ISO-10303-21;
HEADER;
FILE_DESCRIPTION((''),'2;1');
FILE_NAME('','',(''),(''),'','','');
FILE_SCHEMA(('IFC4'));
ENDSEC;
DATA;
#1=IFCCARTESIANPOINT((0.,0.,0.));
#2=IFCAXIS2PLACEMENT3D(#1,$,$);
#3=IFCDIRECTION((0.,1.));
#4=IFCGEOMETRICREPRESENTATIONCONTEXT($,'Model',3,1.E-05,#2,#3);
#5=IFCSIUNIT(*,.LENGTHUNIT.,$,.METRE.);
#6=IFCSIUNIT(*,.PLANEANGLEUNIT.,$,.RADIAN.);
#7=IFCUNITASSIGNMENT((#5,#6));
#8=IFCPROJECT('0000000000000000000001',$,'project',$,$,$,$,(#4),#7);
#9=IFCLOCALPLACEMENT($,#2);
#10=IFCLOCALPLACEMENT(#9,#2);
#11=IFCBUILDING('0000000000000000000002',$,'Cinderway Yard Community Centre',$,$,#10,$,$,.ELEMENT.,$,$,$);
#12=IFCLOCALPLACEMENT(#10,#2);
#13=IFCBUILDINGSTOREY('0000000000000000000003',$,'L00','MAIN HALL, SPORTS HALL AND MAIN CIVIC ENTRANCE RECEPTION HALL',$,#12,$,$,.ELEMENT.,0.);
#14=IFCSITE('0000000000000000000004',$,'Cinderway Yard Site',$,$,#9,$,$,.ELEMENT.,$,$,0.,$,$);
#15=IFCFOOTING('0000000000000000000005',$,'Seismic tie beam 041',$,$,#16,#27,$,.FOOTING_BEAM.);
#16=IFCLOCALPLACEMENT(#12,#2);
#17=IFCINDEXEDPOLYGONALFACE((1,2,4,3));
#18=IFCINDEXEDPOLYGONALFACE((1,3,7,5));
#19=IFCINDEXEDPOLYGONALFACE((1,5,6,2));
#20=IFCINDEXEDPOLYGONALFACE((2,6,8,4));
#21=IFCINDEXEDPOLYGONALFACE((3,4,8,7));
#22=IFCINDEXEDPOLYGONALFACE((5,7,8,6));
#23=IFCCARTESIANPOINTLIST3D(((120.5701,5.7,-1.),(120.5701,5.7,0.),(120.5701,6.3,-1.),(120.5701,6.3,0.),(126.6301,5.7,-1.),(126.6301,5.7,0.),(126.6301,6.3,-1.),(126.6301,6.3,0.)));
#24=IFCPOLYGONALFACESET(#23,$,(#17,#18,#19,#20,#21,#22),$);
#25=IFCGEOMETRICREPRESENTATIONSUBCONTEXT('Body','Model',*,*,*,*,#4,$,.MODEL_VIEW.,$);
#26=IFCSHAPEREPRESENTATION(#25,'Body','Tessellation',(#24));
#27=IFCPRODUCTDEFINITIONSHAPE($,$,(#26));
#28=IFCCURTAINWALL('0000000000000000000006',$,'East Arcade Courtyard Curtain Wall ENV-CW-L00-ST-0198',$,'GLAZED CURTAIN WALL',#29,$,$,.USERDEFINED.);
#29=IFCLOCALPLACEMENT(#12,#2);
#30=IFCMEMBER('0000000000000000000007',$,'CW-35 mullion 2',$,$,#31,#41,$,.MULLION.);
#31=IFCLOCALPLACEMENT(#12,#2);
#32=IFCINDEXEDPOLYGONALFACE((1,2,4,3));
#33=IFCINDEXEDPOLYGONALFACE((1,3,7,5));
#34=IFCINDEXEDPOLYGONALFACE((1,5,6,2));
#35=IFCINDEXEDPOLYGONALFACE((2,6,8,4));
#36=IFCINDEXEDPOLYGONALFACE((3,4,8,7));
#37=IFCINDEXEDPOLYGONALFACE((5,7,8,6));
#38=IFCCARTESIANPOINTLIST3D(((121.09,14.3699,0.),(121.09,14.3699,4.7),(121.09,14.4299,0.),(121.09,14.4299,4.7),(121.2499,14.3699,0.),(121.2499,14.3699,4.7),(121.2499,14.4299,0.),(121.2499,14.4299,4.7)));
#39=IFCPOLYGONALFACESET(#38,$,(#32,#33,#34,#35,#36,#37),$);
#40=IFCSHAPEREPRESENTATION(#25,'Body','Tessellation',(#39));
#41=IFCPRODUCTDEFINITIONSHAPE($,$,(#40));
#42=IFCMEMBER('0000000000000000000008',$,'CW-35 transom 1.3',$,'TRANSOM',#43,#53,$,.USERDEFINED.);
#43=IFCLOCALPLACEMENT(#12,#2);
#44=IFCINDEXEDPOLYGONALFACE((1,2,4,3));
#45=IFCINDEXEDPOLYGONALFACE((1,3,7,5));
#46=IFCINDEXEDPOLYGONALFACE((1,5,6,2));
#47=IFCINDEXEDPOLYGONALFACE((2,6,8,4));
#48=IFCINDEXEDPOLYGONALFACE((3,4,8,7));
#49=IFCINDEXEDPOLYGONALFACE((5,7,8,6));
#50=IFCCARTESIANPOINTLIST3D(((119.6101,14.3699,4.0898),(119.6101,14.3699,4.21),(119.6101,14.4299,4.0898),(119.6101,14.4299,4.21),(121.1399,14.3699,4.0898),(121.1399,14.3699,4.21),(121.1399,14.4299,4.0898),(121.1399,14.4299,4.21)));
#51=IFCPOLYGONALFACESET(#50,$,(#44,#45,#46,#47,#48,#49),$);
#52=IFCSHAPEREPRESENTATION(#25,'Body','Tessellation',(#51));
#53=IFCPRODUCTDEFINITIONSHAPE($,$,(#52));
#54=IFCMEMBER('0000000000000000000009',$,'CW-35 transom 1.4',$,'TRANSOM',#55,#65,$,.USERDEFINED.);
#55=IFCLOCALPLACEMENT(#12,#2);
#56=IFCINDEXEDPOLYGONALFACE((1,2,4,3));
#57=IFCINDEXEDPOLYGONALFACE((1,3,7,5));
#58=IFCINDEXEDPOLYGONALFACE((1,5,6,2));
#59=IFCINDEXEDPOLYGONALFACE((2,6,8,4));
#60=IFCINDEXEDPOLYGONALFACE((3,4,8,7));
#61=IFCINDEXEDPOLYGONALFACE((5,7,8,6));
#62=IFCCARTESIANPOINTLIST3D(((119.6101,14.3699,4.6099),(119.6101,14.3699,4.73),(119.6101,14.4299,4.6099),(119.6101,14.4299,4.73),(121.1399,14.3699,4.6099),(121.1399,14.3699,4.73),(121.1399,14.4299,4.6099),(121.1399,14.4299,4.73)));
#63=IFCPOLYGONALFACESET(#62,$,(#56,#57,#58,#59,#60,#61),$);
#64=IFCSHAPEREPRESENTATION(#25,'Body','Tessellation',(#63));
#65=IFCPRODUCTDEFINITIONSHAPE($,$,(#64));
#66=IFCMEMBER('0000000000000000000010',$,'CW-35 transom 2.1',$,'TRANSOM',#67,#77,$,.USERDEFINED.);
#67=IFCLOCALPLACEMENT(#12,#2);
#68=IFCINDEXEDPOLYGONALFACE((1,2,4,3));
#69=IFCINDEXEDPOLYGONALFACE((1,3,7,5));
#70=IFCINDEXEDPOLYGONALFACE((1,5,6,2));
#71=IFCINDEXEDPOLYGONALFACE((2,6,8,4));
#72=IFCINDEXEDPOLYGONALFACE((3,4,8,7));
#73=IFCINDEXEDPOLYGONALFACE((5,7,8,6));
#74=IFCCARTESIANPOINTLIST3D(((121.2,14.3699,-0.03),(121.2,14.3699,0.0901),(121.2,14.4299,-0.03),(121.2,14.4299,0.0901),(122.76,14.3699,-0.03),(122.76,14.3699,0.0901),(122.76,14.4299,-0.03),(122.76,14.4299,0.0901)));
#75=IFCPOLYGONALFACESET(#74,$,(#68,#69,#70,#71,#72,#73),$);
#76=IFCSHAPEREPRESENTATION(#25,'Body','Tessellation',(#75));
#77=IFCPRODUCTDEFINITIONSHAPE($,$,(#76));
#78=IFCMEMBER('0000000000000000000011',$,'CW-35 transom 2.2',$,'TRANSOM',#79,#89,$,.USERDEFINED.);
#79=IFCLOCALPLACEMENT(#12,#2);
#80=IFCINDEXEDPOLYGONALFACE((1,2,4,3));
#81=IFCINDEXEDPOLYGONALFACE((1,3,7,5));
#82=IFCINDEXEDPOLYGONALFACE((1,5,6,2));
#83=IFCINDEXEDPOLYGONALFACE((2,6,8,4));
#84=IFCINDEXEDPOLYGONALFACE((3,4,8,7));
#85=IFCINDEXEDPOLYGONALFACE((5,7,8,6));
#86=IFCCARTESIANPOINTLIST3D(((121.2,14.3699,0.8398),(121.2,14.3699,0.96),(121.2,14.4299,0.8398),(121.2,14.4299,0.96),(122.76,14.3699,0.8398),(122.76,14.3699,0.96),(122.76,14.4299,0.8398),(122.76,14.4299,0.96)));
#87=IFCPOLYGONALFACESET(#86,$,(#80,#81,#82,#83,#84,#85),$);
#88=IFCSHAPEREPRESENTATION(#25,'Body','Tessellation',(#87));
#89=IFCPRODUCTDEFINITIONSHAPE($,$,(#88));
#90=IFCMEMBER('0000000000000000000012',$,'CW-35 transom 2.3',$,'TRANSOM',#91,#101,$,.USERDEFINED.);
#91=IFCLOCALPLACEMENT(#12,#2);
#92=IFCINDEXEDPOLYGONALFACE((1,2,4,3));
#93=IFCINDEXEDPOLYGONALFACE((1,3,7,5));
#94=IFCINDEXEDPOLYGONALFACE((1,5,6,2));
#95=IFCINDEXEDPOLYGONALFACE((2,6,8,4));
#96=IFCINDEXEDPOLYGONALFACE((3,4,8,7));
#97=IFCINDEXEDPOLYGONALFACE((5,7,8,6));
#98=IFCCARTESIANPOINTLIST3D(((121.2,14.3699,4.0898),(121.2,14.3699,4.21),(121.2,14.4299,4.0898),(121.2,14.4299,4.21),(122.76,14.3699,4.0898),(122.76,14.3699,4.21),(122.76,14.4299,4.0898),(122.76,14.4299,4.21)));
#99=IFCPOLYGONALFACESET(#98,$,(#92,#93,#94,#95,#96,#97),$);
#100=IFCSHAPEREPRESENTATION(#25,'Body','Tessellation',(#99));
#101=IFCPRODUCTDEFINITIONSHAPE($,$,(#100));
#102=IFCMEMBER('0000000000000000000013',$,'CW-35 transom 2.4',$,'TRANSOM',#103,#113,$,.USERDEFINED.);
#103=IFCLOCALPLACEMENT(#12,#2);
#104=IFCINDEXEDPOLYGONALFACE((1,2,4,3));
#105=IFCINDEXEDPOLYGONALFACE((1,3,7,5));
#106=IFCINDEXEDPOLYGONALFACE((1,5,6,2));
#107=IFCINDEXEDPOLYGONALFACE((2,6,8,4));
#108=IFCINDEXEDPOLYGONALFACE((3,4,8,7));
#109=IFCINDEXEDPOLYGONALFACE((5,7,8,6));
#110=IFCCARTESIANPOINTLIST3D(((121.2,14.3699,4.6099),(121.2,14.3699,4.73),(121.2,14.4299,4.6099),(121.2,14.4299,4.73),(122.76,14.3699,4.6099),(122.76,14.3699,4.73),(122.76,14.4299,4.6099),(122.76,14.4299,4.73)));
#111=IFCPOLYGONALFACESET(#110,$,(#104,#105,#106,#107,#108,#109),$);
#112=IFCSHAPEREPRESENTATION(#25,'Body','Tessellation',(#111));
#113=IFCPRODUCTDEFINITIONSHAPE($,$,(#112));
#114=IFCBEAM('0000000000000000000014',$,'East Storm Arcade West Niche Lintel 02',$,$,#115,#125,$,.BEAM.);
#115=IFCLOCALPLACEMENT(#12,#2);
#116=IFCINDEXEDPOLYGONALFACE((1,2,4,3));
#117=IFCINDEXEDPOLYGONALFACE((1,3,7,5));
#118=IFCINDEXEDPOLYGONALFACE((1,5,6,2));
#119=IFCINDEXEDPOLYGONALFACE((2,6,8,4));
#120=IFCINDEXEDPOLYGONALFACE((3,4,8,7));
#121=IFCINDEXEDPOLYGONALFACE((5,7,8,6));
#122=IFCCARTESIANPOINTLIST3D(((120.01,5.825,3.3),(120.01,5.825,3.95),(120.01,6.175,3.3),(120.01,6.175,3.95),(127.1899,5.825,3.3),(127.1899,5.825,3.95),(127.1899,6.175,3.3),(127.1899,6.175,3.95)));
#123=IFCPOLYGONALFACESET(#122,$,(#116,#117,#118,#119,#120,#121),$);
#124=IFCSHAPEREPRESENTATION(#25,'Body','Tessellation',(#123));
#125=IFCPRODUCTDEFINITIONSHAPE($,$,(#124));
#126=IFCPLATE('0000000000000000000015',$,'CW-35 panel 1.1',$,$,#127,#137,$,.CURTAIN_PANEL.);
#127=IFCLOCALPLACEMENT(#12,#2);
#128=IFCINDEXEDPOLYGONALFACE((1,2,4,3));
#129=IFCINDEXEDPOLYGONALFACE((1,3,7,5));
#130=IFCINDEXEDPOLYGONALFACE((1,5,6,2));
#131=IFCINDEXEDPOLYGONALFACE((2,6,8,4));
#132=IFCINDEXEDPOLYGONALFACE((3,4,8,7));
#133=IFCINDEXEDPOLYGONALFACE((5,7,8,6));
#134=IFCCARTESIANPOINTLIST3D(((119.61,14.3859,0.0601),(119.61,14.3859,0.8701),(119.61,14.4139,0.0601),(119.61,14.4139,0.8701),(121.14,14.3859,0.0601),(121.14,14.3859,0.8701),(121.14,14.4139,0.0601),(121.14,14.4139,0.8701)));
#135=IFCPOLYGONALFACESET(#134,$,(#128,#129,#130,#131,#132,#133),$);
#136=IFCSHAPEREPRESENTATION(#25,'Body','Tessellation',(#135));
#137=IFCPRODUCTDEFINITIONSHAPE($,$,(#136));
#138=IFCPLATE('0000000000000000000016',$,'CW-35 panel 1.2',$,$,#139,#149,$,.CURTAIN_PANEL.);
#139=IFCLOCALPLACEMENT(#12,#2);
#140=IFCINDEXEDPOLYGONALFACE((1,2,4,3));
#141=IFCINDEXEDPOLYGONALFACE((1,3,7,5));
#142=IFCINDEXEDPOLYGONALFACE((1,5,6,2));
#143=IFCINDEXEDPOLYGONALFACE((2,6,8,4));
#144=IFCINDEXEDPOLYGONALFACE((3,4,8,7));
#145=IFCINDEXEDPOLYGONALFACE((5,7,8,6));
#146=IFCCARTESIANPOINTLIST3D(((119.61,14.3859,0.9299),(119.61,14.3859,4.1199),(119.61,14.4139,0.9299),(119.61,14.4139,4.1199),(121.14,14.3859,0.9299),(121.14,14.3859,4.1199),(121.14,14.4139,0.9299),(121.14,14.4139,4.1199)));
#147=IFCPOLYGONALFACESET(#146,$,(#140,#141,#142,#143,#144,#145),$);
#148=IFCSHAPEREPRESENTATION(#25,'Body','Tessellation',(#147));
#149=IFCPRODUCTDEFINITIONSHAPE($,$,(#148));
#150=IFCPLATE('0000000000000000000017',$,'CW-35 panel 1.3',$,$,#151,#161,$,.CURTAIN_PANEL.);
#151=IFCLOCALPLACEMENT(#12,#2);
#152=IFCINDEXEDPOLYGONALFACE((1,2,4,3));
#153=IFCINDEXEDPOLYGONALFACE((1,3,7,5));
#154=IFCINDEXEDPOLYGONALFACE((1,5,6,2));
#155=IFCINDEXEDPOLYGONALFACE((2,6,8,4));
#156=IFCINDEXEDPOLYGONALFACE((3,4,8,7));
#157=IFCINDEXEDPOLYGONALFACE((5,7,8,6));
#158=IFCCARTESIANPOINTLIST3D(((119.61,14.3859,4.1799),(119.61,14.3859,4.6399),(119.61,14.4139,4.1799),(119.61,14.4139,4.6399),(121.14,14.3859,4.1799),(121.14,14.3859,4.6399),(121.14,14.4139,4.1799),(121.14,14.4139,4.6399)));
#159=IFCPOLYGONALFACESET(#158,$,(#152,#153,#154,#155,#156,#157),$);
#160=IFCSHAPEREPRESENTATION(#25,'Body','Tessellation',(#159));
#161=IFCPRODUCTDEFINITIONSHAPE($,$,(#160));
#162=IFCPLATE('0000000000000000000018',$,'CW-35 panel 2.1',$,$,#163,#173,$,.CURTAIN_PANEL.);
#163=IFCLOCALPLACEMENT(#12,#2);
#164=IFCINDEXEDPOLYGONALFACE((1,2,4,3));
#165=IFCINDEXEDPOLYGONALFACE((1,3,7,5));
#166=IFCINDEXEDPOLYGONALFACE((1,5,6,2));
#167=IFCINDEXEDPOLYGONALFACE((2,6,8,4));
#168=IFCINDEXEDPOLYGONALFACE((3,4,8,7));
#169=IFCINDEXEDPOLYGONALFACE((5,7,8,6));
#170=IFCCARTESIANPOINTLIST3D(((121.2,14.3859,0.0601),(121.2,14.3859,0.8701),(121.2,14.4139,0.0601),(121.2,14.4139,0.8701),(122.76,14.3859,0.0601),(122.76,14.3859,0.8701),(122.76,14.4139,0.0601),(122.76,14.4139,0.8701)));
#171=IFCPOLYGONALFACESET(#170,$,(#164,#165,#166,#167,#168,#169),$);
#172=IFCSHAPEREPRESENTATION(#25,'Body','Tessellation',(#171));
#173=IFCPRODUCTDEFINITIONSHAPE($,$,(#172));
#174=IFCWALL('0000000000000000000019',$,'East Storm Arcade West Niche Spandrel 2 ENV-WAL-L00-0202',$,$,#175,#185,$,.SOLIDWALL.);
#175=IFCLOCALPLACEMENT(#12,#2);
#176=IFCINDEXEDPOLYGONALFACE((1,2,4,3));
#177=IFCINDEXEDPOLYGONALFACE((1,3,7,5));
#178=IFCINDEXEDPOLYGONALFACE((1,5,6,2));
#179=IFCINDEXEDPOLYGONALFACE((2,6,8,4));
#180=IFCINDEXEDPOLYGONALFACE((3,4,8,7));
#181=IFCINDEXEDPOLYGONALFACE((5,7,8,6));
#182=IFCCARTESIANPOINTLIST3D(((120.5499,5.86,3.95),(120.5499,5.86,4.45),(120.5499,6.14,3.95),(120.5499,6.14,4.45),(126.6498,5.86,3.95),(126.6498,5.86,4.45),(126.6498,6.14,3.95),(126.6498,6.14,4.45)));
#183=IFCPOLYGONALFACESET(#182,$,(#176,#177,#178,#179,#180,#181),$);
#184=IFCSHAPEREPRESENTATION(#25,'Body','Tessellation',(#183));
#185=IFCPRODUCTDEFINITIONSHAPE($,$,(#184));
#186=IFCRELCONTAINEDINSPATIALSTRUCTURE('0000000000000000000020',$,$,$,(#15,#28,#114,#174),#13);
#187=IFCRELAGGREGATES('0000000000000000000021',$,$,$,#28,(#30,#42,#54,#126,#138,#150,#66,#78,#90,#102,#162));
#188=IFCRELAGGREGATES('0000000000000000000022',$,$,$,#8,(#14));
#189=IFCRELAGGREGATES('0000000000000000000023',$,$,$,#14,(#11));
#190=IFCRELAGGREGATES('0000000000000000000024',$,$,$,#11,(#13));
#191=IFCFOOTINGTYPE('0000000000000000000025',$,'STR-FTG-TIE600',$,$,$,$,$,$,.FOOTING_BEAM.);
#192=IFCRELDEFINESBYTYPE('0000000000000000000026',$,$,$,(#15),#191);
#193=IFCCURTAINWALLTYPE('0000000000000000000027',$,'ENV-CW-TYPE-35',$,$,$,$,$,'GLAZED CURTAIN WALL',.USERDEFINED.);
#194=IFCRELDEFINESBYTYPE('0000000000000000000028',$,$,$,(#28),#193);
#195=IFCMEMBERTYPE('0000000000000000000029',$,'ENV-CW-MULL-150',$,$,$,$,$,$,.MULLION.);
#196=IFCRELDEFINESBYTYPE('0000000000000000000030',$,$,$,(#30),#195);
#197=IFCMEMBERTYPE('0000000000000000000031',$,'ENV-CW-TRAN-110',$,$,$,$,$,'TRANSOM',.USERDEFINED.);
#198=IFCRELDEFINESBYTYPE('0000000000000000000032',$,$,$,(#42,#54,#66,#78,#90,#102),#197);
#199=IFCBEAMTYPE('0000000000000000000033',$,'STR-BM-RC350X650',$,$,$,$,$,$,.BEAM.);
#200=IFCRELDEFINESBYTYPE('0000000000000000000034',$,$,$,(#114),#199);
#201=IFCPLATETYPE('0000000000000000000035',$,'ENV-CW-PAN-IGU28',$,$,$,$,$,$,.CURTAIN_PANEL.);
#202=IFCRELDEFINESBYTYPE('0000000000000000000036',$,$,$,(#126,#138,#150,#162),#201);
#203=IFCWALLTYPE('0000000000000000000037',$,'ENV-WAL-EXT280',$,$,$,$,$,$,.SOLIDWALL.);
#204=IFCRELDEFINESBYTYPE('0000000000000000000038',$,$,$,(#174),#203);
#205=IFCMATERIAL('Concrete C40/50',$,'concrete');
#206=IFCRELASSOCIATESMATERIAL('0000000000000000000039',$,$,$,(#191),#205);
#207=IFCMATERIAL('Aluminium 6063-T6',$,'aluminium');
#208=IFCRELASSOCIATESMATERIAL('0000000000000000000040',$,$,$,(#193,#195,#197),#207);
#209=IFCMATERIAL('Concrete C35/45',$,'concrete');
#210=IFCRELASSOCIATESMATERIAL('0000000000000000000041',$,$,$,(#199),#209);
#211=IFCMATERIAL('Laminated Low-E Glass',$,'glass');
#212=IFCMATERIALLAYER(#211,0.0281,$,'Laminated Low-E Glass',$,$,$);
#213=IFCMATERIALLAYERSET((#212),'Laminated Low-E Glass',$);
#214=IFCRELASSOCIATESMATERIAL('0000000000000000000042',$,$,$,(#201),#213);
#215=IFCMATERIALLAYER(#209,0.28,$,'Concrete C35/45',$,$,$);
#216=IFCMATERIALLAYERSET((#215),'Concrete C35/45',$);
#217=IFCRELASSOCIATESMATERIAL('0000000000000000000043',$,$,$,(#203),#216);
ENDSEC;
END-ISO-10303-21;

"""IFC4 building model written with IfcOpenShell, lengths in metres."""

from ifc_helpers import new_model, si_unit, direction, frame, frame_2d, origin, origin_2d, place, context, subcontext, project, spatial, rectangle, extrude, material, layer, layer_set, material_profile, profile_set, type_object, element, aggregate, save


model = new_model("IFC4")

# Units and contexts
model_context = context("Model", 3, precision=1e-05, world=origin(), true_north=direction((0.0, 1.0)))
body_context = subcontext(model_context, "Body", "Model", "MODEL_VIEW")
ifc_project = project(units=[si_unit("LENGTHUNIT", "METRE"), si_unit("PLANEANGLEUNIT", "RADIAN")], contexts=[model_context])

# Site, building, storey
site_placement = place(None, origin())
site = spatial("IfcSite", under=ifc_project, at=site_placement, Name="Cinderway Yard Site", CompositionType="ELEMENT", RefElevation=0.0)
building_placement = place(site_placement, origin())
building = spatial("IfcBuilding", under=site, at=building_placement, Name="Cinderway Yard Community Centre", CompositionType="ELEMENT")
storey_placement = place(building_placement, origin())
storey = spatial("IfcBuildingStorey", under=building, at=storey_placement, Name="L00", Description="MAIN HALL, SPORTS HALL AND MAIN CIVIC ENTRANCE RECEPTION HALL", CompositionType="ELEMENT", Elevation=0.0)

# Footing
ifc_material_1 = material(Name="Concrete C40/50", Category="concrete")
footing_type = type_object("IfcFootingType", Name="STR-FTG-TIE600", PredefinedType="FOOTING_BEAM", material=ifc_material_1)
footing_placement = place(storey_placement, frame((123.6001, 6.0, -1.0), z_axis=(0.0, 0.0, 1.0), x_axis=(1.0, 0.0, 0.0)))
element("IfcFooting", 1, at=footing_placement, inside=storey, type_object=footing_type, Name="Seismic tie beam 041", PredefinedType="FOOTING_BEAM", context=body_context, shape_type="SweptSolid", body=[
    extrude(rectangle(XDim=6.0601, YDim=0.6001, at=origin_2d()), origin(), (0.0, 0.0, 1.0), 1.0),
])

# Curtain wall, members
ifc_material_2 = material(Name="Aluminium 6063-T6", Category="aluminium")
curtain_wall_type = type_object("IfcCurtainWallType", Name="ENV-CW-TYPE-35", ElementType="GLAZED CURTAIN WALL", PredefinedType="USERDEFINED", material=ifc_material_2)
curtain_wall_placement = place(storey_placement, origin())
curtain_wall = element("IfcCurtainWall", 2, at=curtain_wall_placement, inside=storey, type_object=curtain_wall_type, Name="East Arcade Courtyard Curtain Wall ENV-CW-L00-ST-0198", ObjectType="GLAZED CURTAIN WALL", PredefinedType="USERDEFINED")
ifc_material_profile_1 = material_profile(ifc_material_2, rectangle(XDim=0.0601, YDim=0.1599, at=origin_2d()), Name="Aluminium 6063-T6")
ifc_profile_set_1 = profile_set([ifc_material_profile_1], Name="Aluminium 6063-T6")
member_type_1 = type_object("IfcMemberType", Name="ENV-CW-MULL-150", PredefinedType="MULLION", material=ifc_profile_set_1)
member_1_placement = place(storey_placement, frame((121.1699, 14.3999, 0.0), z_axis=(0.0, 0.0, 1.0), x_axis=(0.0, 1.0, 0.0)))
member_1 = element("IfcMember", 3, at=member_1_placement, type_object=member_type_1, Name="CW-35 mullion 2", PredefinedType="MULLION", context=body_context, shape_type="SweptSolid", body=[
    extrude(rectangle(XDim=0.0601, YDim=0.1599, at=origin_2d()), origin(), (0.0, 0.0, 1.0), 4.7),
])
ifc_material_profile_2 = material_profile(ifc_material_2, rectangle(XDim=0.0601, YDim=0.1201, at=origin_2d()), Name="Aluminium 6063-T6")
ifc_profile_set_2 = profile_set([ifc_material_profile_2], Name="Aluminium 6063-T6")
member_type_2 = type_object("IfcMemberType", Name="ENV-CW-TRAN-110", ElementType="TRANSOM", PredefinedType="USERDEFINED", material=ifc_profile_set_2)
member_2_placement = place(storey_placement, frame((119.6101, 14.3999, 4.1499), z_axis=(1.0, 0.0, 0.0), x_axis=(0.0, 1.0, 0.0)))
member_2 = element("IfcMember", 4, at=member_2_placement, type_object=member_type_2, Name="CW-35 transom 1.3", ObjectType="TRANSOM", PredefinedType="USERDEFINED", context=body_context, shape_type="SweptSolid", body=[
    extrude(rectangle(XDim=0.0601, YDim=0.1201, at=origin_2d()), origin(), (0.0, 0.0, 1.0), 1.5298),
])
member_3_placement = place(storey_placement, frame((119.6101, 14.3999, 4.6699), z_axis=(1.0, 0.0, 0.0), x_axis=(0.0, 1.0, 0.0)))
member_3 = element("IfcMember", 5, at=member_3_placement, type_object=member_type_2, Name="CW-35 transom 1.4", ObjectType="TRANSOM", PredefinedType="USERDEFINED", context=body_context, shape_type="SweptSolid", body=[
    extrude(rectangle(XDim=0.0601, YDim=0.1201, at=origin_2d()), origin(), (0.0, 0.0, 1.0), 1.5298),
])
member_4_placement = place(storey_placement, frame((121.2, 14.3999, 0.03), z_axis=(1.0, 0.0, 0.0), x_axis=(0.0, 1.0, 0.0)))
member_4 = element("IfcMember", 6, at=member_4_placement, type_object=member_type_2, Name="CW-35 transom 2.1", ObjectType="TRANSOM", PredefinedType="USERDEFINED", context=body_context, shape_type="SweptSolid", body=[
    extrude(rectangle(XDim=0.0601, YDim=0.1201, at=origin_2d()), origin(), (0.0, 0.0, 1.0), 1.5601),
])
member_5_placement = place(storey_placement, frame((121.2, 14.3999, 0.8999), z_axis=(1.0, 0.0, 0.0), x_axis=(0.0, 1.0, 0.0)))
member_5 = element("IfcMember", 7, at=member_5_placement, type_object=member_type_2, Name="CW-35 transom 2.2", ObjectType="TRANSOM", PredefinedType="USERDEFINED", context=body_context, shape_type="SweptSolid", body=[
    extrude(rectangle(XDim=0.0601, YDim=0.1201, at=origin_2d()), origin(), (0.0, 0.0, 1.0), 1.5601),
])
member_6_placement = place(storey_placement, frame((121.2, 14.3999, 4.1499), z_axis=(1.0, 0.0, 0.0), x_axis=(0.0, 1.0, 0.0)))
member_6 = element("IfcMember", 8, at=member_6_placement, type_object=member_type_2, Name="CW-35 transom 2.3", ObjectType="TRANSOM", PredefinedType="USERDEFINED", context=body_context, shape_type="SweptSolid", body=[
    extrude(rectangle(XDim=0.0601, YDim=0.1201, at=origin_2d()), origin(), (0.0, 0.0, 1.0), 1.5601),
])
member_7_placement = place(storey_placement, frame((121.2, 14.3999, 4.6699), z_axis=(1.0, 0.0, 0.0), x_axis=(0.0, 1.0, 0.0)))
member_7 = element("IfcMember", 9, at=member_7_placement, type_object=member_type_2, Name="CW-35 transom 2.4", ObjectType="TRANSOM", PredefinedType="USERDEFINED", context=body_context, shape_type="SweptSolid", body=[
    extrude(rectangle(XDim=0.0601, YDim=0.1201, at=origin_2d()), origin(), (0.0, 0.0, 1.0), 1.5601),
])

# Beam
ifc_material_3 = material(Name="Concrete C35/45", Category="concrete")
ifc_material_profile_3 = material_profile(ifc_material_3, rectangle(XDim=0.3501, YDim=0.6499, at=origin_2d()), Name="Concrete C35/45")
ifc_profile_set_3 = profile_set([ifc_material_profile_3], Name="Concrete C35/45")
beam_type = type_object("IfcBeamType", Name="STR-BM-RC350X650", PredefinedType="BEAM", material=ifc_profile_set_3)
beam_placement = place(storey_placement, frame((120.01, 6.0, 3.625), z_axis=(1.0, 0.0, 0.0), x_axis=(0.0, 1.0, 0.0)))
element("IfcBeam", 10, at=beam_placement, inside=storey, type_object=beam_type, Name="East Storm Arcade West Niche Lintel 02", PredefinedType="BEAM", context=body_context, shape_type="SweptSolid", body=[
    extrude(rectangle(XDim=0.3501, YDim=0.6499, at=origin_2d()), origin(), (0.0, 0.0, 1.0), 7.1799),
])

# Plates
ifc_material_4 = material(Name="Laminated Low-E Glass", Category="glass")
ifc_layer_1 = layer(ifc_material_4, 0.0281, Name="Laminated Low-E Glass")
ifc_layer_set_1 = layer_set([ifc_layer_1], Name="Laminated Low-E Glass")
plate_type = type_object("IfcPlateType", Name="ENV-CW-PAN-IGU28", PredefinedType="CURTAIN_PANEL", material=ifc_layer_set_1)
plate_1_placement = place(storey_placement, frame((120.375, 14.3999, 0.0601), z_axis=(0.0, 0.0, 1.0), x_axis=(1.0, 0.0, 0.0)))
plate_1 = element("IfcPlate", 11, at=plate_1_placement, type_object=plate_type, Name="CW-35 panel 1.1", PredefinedType="CURTAIN_PANEL", context=body_context, shape_type="SweptSolid", body=[
    extrude(rectangle(XDim=1.53, YDim=0.0281, at=origin_2d()), origin(), (0.0, 0.0, 1.0), 0.8101),
])
plate_2_placement = place(storey_placement, frame((120.375, 14.3999, 0.9299), z_axis=(0.0, 0.0, 1.0), x_axis=(1.0, 0.0, 0.0)))
plate_2 = element("IfcPlate", 12, at=plate_2_placement, type_object=plate_type, Name="CW-35 panel 1.2", PredefinedType="CURTAIN_PANEL", context=body_context, shape_type="SweptSolid", body=[
    extrude(rectangle(XDim=1.53, YDim=0.0281, at=origin_2d()), origin(), (0.0, 0.0, 1.0), 3.1899),
])
plate_3_placement = place(storey_placement, frame((120.375, 14.3999, 4.1799), z_axis=(0.0, 0.0, 1.0), x_axis=(1.0, 0.0, 0.0)))
plate_3 = element("IfcPlate", 13, at=plate_3_placement, type_object=plate_type, Name="CW-35 panel 1.3", PredefinedType="CURTAIN_PANEL", context=body_context, shape_type="SweptSolid", body=[
    extrude(rectangle(XDim=1.53, YDim=0.0281, at=origin_2d()), origin(), (0.0, 0.0, 1.0), 0.46),
])
plate_4_placement = place(storey_placement, frame((121.98, 14.3999, 0.0601), z_axis=(0.0, 0.0, 1.0), x_axis=(1.0, 0.0, 0.0)))
plate_4 = element("IfcPlate", 14, at=plate_4_placement, type_object=plate_type, Name="CW-35 panel 2.1", PredefinedType="CURTAIN_PANEL", context=body_context, shape_type="SweptSolid", body=[
    extrude(rectangle(XDim=1.5601, YDim=0.0281, at=origin_2d()), origin(), (0.0, 0.0, 1.0), 0.8101),
])
aggregate(curtain_wall, [member_1, member_2, member_3, plate_1, plate_2, plate_3, member_4, member_5, member_6, member_7, plate_4])

# Wall
ifc_layer_2 = layer(ifc_material_3, 0.28, Name="Concrete C35/45")
ifc_layer_set_2 = layer_set([ifc_layer_2], Name="Concrete C35/45")
wall_type = type_object("IfcWallType", Name="ENV-WAL-EXT280", PredefinedType="SOLIDWALL", material=ifc_layer_set_2)
wall_placement = place(storey_placement, frame((120.55, 6.0, 3.95), z_axis=(0.0, 0.0, 1.0), x_axis=(1.0, 0.0, 0.0)))
element("IfcWall", 15, at=wall_placement, inside=storey, type_object=wall_type, Name="East Storm Arcade West Niche Spandrel 2 ENV-WAL-L00-0202", PredefinedType="SOLIDWALL", context=body_context, shape_type="SweptSolid", body=[
    extrude(rectangle(XDim=6.0999, YDim=0.28, at=frame_2d((3.0498, 0.0))), origin(), (0.0, 0.0, 1.0), 0.5),
])

save(model, "model.ifc")
